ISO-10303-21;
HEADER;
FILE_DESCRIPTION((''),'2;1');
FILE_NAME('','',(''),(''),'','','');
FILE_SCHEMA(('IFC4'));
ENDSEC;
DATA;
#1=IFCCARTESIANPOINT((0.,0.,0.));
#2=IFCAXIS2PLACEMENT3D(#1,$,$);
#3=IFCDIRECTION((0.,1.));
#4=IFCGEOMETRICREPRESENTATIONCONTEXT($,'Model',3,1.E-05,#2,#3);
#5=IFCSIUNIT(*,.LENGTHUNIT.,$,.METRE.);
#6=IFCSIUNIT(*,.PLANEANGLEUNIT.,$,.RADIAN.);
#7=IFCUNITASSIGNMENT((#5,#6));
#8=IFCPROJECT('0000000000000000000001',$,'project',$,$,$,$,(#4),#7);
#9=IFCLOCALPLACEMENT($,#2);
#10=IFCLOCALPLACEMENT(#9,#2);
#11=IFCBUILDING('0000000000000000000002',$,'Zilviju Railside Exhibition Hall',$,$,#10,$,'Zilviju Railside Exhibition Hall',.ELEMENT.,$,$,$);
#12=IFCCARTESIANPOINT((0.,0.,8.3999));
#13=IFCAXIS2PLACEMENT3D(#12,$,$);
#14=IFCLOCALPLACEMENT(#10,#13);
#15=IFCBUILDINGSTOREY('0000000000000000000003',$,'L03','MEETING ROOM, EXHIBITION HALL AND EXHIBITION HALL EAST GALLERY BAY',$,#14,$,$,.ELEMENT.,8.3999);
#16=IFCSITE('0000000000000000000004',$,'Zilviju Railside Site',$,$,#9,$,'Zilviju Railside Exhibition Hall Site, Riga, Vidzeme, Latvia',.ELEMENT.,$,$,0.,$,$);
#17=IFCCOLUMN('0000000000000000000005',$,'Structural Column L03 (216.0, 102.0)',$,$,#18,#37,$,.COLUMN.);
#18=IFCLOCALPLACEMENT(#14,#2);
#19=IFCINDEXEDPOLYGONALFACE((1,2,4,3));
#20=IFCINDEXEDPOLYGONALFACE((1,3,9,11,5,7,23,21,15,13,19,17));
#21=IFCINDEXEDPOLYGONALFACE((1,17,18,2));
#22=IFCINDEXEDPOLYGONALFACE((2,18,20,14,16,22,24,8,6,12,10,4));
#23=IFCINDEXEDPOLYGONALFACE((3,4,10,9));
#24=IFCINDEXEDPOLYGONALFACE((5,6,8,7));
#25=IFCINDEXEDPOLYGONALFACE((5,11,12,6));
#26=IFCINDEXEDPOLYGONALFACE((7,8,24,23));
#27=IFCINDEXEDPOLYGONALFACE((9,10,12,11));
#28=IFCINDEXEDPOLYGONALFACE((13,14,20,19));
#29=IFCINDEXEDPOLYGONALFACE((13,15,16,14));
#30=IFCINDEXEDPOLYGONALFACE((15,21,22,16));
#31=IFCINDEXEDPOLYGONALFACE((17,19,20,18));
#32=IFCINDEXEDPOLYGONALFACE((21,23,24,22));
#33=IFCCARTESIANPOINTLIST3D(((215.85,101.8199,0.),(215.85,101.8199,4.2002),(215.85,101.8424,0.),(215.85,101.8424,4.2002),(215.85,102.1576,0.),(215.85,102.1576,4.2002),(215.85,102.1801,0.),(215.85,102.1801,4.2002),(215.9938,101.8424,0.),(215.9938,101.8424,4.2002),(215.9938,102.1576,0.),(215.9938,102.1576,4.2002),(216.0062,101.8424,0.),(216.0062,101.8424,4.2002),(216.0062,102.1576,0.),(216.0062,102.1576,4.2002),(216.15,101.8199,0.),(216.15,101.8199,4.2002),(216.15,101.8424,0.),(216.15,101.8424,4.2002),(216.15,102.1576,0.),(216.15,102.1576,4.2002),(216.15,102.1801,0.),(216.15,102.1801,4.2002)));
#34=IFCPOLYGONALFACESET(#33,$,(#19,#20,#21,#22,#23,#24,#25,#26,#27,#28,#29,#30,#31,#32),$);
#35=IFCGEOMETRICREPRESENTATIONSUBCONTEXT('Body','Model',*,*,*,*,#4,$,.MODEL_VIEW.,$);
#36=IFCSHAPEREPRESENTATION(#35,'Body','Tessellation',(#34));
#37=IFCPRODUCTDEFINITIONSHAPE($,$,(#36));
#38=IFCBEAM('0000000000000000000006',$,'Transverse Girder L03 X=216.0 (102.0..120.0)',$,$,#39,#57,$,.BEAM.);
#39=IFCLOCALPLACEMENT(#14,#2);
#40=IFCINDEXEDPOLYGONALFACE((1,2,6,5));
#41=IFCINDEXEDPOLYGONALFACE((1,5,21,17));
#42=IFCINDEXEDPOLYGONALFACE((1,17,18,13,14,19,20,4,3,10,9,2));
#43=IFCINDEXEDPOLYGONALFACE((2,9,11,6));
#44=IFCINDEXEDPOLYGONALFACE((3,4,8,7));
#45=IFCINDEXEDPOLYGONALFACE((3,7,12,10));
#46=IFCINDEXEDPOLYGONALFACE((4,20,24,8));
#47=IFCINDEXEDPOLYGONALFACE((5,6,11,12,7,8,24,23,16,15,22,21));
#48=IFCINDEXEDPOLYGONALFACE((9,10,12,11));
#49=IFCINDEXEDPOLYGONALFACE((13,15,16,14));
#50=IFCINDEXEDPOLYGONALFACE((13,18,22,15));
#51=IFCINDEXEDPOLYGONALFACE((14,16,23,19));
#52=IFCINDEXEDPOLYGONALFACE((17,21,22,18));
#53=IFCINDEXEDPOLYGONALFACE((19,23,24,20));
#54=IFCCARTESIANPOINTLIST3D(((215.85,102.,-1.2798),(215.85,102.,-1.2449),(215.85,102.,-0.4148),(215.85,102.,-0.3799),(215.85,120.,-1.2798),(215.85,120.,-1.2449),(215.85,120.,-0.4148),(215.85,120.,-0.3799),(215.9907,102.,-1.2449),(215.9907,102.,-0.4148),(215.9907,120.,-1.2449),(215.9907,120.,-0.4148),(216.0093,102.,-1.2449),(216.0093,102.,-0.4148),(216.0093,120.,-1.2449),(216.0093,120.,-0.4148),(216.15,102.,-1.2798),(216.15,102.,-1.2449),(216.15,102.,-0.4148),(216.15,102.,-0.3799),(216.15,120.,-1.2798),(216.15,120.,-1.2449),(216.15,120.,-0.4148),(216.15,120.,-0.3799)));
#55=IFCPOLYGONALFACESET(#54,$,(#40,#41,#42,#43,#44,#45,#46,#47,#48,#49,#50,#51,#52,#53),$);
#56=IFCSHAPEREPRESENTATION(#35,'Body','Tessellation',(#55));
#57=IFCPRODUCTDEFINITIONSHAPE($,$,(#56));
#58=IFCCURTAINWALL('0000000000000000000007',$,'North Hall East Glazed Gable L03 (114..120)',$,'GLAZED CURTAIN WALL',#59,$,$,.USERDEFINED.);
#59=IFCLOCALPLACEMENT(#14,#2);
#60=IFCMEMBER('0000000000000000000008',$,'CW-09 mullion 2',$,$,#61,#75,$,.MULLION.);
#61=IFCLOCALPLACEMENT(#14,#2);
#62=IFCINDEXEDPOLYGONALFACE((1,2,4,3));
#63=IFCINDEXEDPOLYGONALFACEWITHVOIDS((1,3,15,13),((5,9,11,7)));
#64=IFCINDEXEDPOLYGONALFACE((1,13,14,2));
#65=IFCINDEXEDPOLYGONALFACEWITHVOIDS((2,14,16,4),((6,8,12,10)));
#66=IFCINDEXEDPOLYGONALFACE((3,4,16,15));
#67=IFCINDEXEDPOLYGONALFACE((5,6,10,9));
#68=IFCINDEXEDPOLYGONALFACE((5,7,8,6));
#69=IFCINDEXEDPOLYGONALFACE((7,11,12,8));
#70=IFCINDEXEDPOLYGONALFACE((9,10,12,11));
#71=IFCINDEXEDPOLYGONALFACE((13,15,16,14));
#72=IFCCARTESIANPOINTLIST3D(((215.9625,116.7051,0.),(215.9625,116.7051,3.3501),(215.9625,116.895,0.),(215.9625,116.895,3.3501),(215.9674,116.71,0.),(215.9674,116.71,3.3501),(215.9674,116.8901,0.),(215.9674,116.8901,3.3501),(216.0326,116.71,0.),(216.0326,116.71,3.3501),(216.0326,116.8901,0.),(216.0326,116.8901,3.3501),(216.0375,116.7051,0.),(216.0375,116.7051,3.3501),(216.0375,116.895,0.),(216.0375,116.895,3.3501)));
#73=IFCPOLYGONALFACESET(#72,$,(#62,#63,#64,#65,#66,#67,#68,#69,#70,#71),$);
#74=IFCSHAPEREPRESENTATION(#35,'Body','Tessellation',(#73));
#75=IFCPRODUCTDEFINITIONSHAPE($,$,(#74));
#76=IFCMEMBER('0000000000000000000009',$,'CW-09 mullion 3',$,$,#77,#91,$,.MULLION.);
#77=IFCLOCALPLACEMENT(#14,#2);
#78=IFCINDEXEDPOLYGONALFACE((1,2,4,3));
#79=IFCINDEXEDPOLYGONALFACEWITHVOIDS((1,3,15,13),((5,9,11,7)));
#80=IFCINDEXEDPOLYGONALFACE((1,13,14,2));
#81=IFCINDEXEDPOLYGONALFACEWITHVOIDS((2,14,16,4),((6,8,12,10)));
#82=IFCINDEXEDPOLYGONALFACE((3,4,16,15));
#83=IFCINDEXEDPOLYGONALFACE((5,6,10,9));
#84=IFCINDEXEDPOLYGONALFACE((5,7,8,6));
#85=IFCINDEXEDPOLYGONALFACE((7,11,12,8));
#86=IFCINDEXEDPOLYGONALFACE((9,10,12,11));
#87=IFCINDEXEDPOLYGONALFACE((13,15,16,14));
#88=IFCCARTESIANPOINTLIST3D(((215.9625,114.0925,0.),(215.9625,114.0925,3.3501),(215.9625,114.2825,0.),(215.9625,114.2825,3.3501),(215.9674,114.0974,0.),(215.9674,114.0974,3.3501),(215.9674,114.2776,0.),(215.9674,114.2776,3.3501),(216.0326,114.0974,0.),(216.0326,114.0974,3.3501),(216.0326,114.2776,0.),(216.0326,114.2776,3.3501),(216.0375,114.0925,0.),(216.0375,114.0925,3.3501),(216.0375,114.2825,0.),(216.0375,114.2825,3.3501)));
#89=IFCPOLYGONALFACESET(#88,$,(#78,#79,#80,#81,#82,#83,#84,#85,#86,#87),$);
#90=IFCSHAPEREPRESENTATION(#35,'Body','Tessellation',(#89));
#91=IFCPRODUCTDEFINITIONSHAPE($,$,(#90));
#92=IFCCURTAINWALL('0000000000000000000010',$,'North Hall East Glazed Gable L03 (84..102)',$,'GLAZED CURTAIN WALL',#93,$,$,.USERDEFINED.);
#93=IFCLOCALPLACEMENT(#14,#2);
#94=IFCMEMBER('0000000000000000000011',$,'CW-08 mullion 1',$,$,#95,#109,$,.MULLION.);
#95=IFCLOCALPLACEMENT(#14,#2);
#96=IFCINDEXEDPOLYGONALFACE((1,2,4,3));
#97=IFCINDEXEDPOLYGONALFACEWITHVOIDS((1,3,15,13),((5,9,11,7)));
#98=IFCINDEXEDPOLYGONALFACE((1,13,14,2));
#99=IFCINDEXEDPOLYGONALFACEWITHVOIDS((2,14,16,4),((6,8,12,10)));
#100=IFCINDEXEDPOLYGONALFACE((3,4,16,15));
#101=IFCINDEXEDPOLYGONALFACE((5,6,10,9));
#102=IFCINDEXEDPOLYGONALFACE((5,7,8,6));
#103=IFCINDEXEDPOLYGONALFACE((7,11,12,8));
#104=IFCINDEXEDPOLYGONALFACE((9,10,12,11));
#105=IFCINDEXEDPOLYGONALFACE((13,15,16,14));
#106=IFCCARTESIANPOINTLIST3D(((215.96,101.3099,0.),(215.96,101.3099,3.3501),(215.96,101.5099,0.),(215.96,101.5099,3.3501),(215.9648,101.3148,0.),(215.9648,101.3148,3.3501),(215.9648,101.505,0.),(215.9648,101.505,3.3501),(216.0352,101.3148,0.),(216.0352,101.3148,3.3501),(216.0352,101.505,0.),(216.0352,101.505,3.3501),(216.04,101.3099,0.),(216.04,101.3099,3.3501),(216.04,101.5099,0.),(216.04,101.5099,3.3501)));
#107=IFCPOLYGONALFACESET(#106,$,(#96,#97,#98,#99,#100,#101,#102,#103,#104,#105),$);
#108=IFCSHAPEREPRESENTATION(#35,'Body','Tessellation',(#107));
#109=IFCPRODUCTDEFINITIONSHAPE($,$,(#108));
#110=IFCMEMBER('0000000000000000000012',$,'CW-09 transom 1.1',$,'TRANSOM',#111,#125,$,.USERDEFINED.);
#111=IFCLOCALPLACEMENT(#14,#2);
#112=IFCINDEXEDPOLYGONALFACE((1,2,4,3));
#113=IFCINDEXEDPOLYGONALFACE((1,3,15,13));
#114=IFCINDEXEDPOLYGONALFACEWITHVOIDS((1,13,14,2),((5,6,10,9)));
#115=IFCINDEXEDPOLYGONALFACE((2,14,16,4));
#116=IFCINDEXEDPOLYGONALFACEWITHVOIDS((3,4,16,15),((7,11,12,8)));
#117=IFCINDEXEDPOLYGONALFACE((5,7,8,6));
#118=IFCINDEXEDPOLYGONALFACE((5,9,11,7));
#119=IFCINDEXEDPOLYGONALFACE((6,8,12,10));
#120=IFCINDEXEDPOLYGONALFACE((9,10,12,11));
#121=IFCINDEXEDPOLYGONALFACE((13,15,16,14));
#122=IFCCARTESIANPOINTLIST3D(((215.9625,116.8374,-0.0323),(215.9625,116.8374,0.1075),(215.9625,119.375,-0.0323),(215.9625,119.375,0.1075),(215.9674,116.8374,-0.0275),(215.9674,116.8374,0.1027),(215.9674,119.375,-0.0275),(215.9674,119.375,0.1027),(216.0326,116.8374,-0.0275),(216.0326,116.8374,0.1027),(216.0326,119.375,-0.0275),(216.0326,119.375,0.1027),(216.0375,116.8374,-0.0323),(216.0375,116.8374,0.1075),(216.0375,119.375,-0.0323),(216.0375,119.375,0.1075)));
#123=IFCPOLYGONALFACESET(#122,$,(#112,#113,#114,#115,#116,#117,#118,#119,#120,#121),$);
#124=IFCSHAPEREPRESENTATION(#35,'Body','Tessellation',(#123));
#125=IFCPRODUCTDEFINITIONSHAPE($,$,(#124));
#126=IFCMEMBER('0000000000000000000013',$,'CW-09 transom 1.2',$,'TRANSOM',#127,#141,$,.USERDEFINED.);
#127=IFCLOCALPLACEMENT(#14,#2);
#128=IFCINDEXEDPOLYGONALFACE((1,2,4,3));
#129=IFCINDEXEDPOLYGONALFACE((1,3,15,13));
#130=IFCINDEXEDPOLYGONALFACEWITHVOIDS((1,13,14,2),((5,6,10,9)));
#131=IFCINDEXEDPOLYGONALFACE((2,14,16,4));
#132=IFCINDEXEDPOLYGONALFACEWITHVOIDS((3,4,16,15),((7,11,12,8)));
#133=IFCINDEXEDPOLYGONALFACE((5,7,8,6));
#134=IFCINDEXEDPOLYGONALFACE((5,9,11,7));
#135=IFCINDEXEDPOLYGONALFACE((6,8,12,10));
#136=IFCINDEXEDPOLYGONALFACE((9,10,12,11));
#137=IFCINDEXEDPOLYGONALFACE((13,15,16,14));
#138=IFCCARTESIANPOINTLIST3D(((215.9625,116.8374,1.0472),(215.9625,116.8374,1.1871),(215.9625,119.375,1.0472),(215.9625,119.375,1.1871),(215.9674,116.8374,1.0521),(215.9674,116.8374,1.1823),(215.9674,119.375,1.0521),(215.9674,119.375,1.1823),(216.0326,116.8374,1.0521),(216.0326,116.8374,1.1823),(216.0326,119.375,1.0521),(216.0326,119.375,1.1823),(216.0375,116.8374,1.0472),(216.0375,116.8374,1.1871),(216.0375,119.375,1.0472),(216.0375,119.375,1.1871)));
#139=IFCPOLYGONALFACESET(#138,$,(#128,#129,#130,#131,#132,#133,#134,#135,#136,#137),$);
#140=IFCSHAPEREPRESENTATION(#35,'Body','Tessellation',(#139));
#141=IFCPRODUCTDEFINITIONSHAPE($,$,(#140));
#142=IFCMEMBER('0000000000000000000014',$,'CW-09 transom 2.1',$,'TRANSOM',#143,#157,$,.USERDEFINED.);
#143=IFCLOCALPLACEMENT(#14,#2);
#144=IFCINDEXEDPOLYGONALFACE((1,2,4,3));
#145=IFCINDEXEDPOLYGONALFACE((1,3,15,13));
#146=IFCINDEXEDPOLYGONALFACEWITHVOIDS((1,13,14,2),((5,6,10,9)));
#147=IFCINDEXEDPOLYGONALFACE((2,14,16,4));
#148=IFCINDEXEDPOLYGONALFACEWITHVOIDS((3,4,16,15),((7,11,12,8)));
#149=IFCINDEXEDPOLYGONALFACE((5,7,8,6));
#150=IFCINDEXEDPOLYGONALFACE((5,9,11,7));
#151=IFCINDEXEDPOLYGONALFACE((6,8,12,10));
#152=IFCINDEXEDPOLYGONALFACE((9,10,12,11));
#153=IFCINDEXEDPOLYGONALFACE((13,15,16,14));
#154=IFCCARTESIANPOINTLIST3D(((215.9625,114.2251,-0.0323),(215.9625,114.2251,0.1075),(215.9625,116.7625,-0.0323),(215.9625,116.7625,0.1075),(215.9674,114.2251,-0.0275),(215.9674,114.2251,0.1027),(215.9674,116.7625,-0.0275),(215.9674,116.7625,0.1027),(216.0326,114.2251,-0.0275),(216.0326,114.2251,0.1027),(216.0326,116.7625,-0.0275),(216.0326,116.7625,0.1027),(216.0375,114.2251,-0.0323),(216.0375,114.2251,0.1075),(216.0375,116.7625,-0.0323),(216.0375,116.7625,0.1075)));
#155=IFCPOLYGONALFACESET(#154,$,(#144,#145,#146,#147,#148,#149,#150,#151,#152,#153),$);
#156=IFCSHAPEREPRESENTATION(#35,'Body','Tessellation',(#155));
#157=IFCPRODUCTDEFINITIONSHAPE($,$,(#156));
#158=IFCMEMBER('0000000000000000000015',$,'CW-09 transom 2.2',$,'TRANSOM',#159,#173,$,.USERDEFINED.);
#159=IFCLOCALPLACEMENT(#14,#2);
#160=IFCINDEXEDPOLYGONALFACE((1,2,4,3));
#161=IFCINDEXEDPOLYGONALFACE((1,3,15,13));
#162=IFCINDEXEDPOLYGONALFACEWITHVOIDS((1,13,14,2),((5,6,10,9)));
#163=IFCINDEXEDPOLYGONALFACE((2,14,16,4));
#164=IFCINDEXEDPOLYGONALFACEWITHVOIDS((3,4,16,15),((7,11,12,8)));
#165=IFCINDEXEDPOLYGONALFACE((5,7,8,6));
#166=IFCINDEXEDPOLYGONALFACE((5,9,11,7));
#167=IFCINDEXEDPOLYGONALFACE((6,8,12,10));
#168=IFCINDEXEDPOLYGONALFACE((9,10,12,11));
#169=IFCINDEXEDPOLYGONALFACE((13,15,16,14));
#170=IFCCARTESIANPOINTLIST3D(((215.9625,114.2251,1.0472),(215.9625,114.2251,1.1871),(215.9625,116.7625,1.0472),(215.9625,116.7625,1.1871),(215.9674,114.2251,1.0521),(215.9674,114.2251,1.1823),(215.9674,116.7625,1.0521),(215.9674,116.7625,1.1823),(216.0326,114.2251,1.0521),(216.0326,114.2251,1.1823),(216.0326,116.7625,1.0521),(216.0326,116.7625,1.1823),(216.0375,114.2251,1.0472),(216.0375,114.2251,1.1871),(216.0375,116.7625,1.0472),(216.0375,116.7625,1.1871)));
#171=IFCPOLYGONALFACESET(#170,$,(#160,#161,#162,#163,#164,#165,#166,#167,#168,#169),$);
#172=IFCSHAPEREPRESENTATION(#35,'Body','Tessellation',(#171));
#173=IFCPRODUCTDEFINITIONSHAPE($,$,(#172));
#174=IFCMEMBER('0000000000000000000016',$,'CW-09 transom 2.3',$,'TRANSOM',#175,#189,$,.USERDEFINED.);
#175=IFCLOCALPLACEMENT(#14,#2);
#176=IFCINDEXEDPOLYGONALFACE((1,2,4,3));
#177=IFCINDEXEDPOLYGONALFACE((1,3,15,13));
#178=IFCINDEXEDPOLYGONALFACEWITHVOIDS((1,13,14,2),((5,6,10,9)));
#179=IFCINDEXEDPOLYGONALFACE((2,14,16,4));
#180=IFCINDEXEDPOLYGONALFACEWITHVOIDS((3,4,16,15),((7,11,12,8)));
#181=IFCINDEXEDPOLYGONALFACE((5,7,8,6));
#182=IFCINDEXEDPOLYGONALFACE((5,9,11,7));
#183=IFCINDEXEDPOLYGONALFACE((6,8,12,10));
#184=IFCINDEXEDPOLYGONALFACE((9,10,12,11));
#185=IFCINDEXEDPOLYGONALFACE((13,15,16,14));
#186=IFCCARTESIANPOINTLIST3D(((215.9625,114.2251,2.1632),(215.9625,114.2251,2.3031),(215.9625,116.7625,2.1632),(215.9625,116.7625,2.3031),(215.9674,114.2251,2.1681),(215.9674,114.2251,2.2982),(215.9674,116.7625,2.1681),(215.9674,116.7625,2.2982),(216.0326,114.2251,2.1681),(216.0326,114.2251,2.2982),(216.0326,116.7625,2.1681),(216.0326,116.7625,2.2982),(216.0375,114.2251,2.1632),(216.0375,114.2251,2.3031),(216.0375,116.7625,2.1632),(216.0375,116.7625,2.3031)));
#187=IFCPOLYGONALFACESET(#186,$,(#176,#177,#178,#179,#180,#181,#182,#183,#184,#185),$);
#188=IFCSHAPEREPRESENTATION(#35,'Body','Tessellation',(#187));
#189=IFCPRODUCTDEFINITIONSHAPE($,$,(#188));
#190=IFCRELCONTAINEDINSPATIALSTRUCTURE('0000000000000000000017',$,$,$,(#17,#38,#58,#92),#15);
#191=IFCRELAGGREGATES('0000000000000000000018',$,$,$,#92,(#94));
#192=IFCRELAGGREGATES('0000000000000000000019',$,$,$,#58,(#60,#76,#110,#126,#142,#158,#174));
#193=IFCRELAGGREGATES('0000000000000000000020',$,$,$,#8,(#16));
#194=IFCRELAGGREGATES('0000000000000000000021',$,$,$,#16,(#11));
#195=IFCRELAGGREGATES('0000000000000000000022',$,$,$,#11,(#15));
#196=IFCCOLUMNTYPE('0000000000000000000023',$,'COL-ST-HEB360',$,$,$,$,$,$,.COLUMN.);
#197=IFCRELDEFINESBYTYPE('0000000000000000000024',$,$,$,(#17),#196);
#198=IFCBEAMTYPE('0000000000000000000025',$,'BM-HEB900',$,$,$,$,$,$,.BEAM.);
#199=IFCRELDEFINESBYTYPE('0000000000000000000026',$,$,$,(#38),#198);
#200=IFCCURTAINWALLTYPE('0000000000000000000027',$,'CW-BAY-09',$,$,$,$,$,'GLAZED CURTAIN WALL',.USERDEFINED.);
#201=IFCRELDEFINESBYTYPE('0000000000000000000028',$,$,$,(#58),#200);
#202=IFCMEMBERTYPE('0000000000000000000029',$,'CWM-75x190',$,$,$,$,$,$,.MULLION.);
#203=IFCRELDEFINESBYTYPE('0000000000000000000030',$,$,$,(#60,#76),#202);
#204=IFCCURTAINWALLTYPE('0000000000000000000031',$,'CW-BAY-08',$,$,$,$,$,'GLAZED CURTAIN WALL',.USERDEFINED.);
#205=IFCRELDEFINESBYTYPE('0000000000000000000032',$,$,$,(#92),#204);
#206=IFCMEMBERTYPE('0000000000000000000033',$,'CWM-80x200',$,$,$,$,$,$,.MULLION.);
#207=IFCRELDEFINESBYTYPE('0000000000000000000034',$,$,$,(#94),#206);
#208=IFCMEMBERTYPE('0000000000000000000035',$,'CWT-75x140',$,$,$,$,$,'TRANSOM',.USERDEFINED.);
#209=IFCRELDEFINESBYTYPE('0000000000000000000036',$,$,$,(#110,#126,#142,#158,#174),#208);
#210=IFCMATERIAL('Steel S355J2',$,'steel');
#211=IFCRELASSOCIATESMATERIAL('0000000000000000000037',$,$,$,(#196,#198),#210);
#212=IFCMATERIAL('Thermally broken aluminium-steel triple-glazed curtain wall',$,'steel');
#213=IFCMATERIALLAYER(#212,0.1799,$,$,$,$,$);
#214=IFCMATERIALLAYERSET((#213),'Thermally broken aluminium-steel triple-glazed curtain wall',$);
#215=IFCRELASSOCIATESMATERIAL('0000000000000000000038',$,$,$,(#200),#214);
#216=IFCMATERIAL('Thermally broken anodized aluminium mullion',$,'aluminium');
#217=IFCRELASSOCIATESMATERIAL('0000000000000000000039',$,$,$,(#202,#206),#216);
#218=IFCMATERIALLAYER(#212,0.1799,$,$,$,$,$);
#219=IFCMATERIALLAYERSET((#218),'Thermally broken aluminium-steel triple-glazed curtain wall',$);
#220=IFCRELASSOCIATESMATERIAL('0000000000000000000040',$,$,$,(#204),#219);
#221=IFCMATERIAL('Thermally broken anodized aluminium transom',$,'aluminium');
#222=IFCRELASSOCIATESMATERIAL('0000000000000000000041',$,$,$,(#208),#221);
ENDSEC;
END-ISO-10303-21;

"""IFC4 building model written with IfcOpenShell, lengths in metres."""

from ifc_helpers import new_model, si_unit, direction, frame, origin, origin_2d, place, context, subcontext, project, spatial, hollow_rectangle, i_section, extrude, material, layer, layer_set, material_profile, profile_set, type_object, element, aggregate, save


model = new_model("IFC4")

# Units and contexts
model_context = context("Model", 3, precision=1e-05, world=origin(), true_north=direction((0.0, 1.0)))
body_context = subcontext(model_context, "Body", "Model", "MODEL_VIEW")
ifc_project = project(units=[si_unit("LENGTHUNIT", "METRE"), si_unit("PLANEANGLEUNIT", "RADIAN")], contexts=[model_context])

# Site, building, storey
site_placement = place(None, origin())
site = spatial("IfcSite", under=ifc_project, at=site_placement, Name="Zilviju Railside Site", LongName="Zilviju Railside Exhibition Hall Site, Riga, Vidzeme, Latvia", CompositionType="ELEMENT", RefElevation=0.0)
building_placement = place(site_placement, origin())
building = spatial("IfcBuilding", under=site, at=building_placement, Name="Zilviju Railside Exhibition Hall", LongName="Zilviju Railside Exhibition Hall", CompositionType="ELEMENT")
storey_placement = place(building_placement, frame((0.0, 0.0, 8.3999)))
storey = spatial("IfcBuildingStorey", under=building, at=storey_placement, Name="L03", Description="MEETING ROOM, EXHIBITION HALL AND EXHIBITION HALL EAST GALLERY BAY", CompositionType="ELEMENT", Elevation=8.3999)

# Column
ifc_material_1 = material(Name="Steel S355J2", Category="steel")
ifc_material_profile_1 = material_profile(ifc_material_1, i_section(OverallWidth=0.3, OverallDepth=0.3601, WebThickness=0.0125, FlangeThickness=0.0225, at=origin_2d()), Name="HEB 360")
ifc_profile_set_1 = profile_set([ifc_material_profile_1], Name="Steel S355J2")
column_type = type_object("IfcColumnType", Name="COL-ST-HEB360", PredefinedType="COLUMN", material=ifc_profile_set_1)
column_placement = place(storey_placement, frame((216.0, 102.0, 0.0), z_axis=(0.0, 0.0, 1.0), x_axis=(1.0, 0.0, 0.0)))
element("IfcColumn", 1, at=column_placement, inside=storey, type_object=column_type, Name="Structural Column L03 (216.0, 102.0)", PredefinedType="COLUMN", context=body_context, shape_type="SweptSolid", body=[
    extrude(i_section(OverallWidth=0.3, OverallDepth=0.3601, WebThickness=0.0125, FlangeThickness=0.0225, at=origin_2d()), origin(), (0.0, 0.0, 1.0), 4.2002),
])

# Beam
ifc_material_profile_2 = material_profile(ifc_material_1, i_section(OverallWidth=0.3, OverallDepth=0.8999, WebThickness=0.0186, FlangeThickness=0.0349, at=origin_2d()), Name="HEB 900")
ifc_profile_set_2 = profile_set([ifc_material_profile_2], Name="Steel S355J2")
beam_type = type_object("IfcBeamType", Name="BM-HEB900", PredefinedType="BEAM", material=ifc_profile_set_2)
beam_placement = place(storey_placement, frame((216.0, 102.0, -0.8298), z_axis=(0.0, 1.0, 0.0), x_axis=(-1.0, 0.0, 0.0)))
element("IfcBeam", 2, at=beam_placement, inside=storey, type_object=beam_type, Name="Transverse Girder L03 X=216.0 (102.0..120.0)", PredefinedType="BEAM", context=body_context, shape_type="SweptSolid", body=[
    extrude(i_section(OverallWidth=0.3, OverallDepth=0.8999, WebThickness=0.0186, FlangeThickness=0.0349, at=origin_2d()), origin(), (0.0, 0.0, 1.0), 18.0),
])

# Curtain wall, members
ifc_material_2 = material(Name="Thermally broken aluminium-steel triple-glazed curtain wall", Category="steel")
ifc_layer_1 = layer(ifc_material_2, 0.1799)
ifc_layer_set_1 = layer_set([ifc_layer_1], Name="Thermally broken aluminium-steel triple-glazed curtain wall")
curtain_wall_type_1 = type_object("IfcCurtainWallType", Name="CW-BAY-09", ElementType="GLAZED CURTAIN WALL", PredefinedType="USERDEFINED", material=ifc_layer_set_1)
curtain_wall_1_placement = place(storey_placement, origin())
curtain_wall_1 = element("IfcCurtainWall", 3, at=curtain_wall_1_placement, inside=storey, type_object=curtain_wall_type_1, Name="North Hall East Glazed Gable L03 (114..120)", ObjectType="GLAZED CURTAIN WALL", PredefinedType="USERDEFINED")
ifc_material_3 = material(Name="Thermally broken anodized aluminium mullion", Category="aluminium")
ifc_material_profile_3 = material_profile(ifc_material_3, hollow_rectangle(XDim=0.075, YDim=0.1899, WallThickness=0.0049, at=origin_2d()), Name="MULLION 190x75x5")
ifc_profile_set_3 = profile_set([ifc_material_profile_3], Name="Thermally broken anodized aluminium mullion")
member_type_1 = type_object("IfcMemberType", Name="CWM-75x190", PredefinedType="MULLION", material=ifc_profile_set_3)
member_1_placement = place(storey_placement, frame((216.0, 116.8, 0.0), z_axis=(0.0, 0.0, 1.0), x_axis=(1.0, 0.0, 0.0)))
member_1 = element("IfcMember", 4, at=member_1_placement, type_object=member_type_1, Name="CW-09 mullion 2", PredefinedType="MULLION", context=body_context, shape_type="SweptSolid", body=[
    extrude(hollow_rectangle(XDim=0.075, YDim=0.1899, WallThickness=0.0049, at=origin_2d()), origin(), (0.0, 0.0, 1.0), 3.3501),
])
member_2_placement = place(storey_placement, frame((216.0, 114.1875, 0.0), z_axis=(0.0, 0.0, 1.0), x_axis=(1.0, 0.0, 0.0)))
member_2 = element("IfcMember", 5, at=member_2_placement, type_object=member_type_1, Name="CW-09 mullion 3", PredefinedType="MULLION", context=body_context, shape_type="SweptSolid", body=[
    extrude(hollow_rectangle(XDim=0.075, YDim=0.1899, WallThickness=0.0049, at=origin_2d()), origin(), (0.0, 0.0, 1.0), 3.3501),
])

# Curtain wall, member
ifc_layer_2 = layer(ifc_material_2, 0.1799)
ifc_layer_set_2 = layer_set([ifc_layer_2], Name="Thermally broken aluminium-steel triple-glazed curtain wall")
curtain_wall_type_2 = type_object("IfcCurtainWallType", Name="CW-BAY-08", ElementType="GLAZED CURTAIN WALL", PredefinedType="USERDEFINED", material=ifc_layer_set_2)
curtain_wall_2_placement = place(storey_placement, origin())
curtain_wall_2 = element("IfcCurtainWall", 6, at=curtain_wall_2_placement, inside=storey, type_object=curtain_wall_type_2, Name="North Hall East Glazed Gable L03 (84..102)", ObjectType="GLAZED CURTAIN WALL", PredefinedType="USERDEFINED")
ifc_material_profile_4 = material_profile(ifc_material_3, hollow_rectangle(XDim=0.0801, YDim=0.2, WallThickness=0.0049, at=origin_2d()), Name="MULLION 200x80x5")
ifc_profile_set_4 = profile_set([ifc_material_profile_4], Name="Thermally broken anodized aluminium mullion")
member_type_2 = type_object("IfcMemberType", Name="CWM-80x200", PredefinedType="MULLION", material=ifc_profile_set_4)
member_3_placement = place(storey_placement, frame((216.0, 101.4099, 0.0), z_axis=(0.0, 0.0, 1.0), x_axis=(1.0, 0.0, 0.0)))
member_3 = element("IfcMember", 7, at=member_3_placement, type_object=member_type_2, Name="CW-08 mullion 1", PredefinedType="MULLION", context=body_context, shape_type="SweptSolid", body=[
    extrude(hollow_rectangle(XDim=0.0801, YDim=0.2, WallThickness=0.0049, at=origin_2d()), origin(), (0.0, 0.0, 1.0), 3.3501),
])
aggregate(curtain_wall_2, [member_3])

# Members
ifc_material_4 = material(Name="Thermally broken anodized aluminium transom", Category="aluminium")
ifc_material_profile_5 = material_profile(ifc_material_4, hollow_rectangle(XDim=0.075, YDim=0.1399, WallThickness=0.0049, at=origin_2d()), Name="TRANSOM 140x75x5")
ifc_profile_set_5 = profile_set([ifc_material_profile_5], Name="Thermally broken anodized aluminium transom")
member_type_3 = type_object("IfcMemberType", Name="CWT-75x140", ElementType="TRANSOM", PredefinedType="USERDEFINED", material=ifc_profile_set_5)
member_4_placement = place(storey_placement, frame((216.0, 119.375, 0.0376), z_axis=(0.0, -1.0, 0.0), x_axis=(1.0, 0.0, 0.0)))
member_4 = element("IfcMember", 8, at=member_4_placement, type_object=member_type_3, Name="CW-09 transom 1.1", ObjectType="TRANSOM", PredefinedType="USERDEFINED", context=body_context, shape_type="SweptSolid", body=[
    extrude(hollow_rectangle(XDim=0.075, YDim=0.1399, WallThickness=0.0049, at=origin_2d()), origin(), (0.0, 0.0, 1.0), 2.5376),
])
member_5_placement = place(storey_placement, frame((216.0, 119.375, 1.1172), z_axis=(0.0, -1.0, 0.0), x_axis=(1.0, 0.0, 0.0)))
member_5 = element("IfcMember", 9, at=member_5_placement, type_object=member_type_3, Name="CW-09 transom 1.2", ObjectType="TRANSOM", PredefinedType="USERDEFINED", context=body_context, shape_type="SweptSolid", body=[
    extrude(hollow_rectangle(XDim=0.075, YDim=0.1399, WallThickness=0.0049, at=origin_2d()), origin(), (0.0, 0.0, 1.0), 2.5376),
])
member_6_placement = place(storey_placement, frame((216.0, 116.7625, 0.0376), z_axis=(0.0, -1.0, 0.0), x_axis=(1.0, 0.0, 0.0)))
member_6 = element("IfcMember", 10, at=member_6_placement, type_object=member_type_3, Name="CW-09 transom 2.1", ObjectType="TRANSOM", PredefinedType="USERDEFINED", context=body_context, shape_type="SweptSolid", body=[
    extrude(hollow_rectangle(XDim=0.075, YDim=0.1399, WallThickness=0.0049, at=origin_2d()), origin(), (0.0, 0.0, 1.0), 2.5374),
])
member_7_placement = place(storey_placement, frame((216.0, 116.7625, 1.1172), z_axis=(0.0, -1.0, 0.0), x_axis=(1.0, 0.0, 0.0)))
member_7 = element("IfcMember", 11, at=member_7_placement, type_object=member_type_3, Name="CW-09 transom 2.2", ObjectType="TRANSOM", PredefinedType="USERDEFINED", context=body_context, shape_type="SweptSolid", body=[
    extrude(hollow_rectangle(XDim=0.075, YDim=0.1399, WallThickness=0.0049, at=origin_2d()), origin(), (0.0, 0.0, 1.0), 2.5374),
])
member_8_placement = place(storey_placement, frame((216.0, 116.7625, 2.2332), z_axis=(0.0, -1.0, 0.0), x_axis=(1.0, 0.0, 0.0)))
member_8 = element("IfcMember", 12, at=member_8_placement, type_object=member_type_3, Name="CW-09 transom 2.3", ObjectType="TRANSOM", PredefinedType="USERDEFINED", context=body_context, shape_type="SweptSolid", body=[
    extrude(hollow_rectangle(XDim=0.075, YDim=0.1399, WallThickness=0.0049, at=origin_2d()), origin(), (0.0, 0.0, 1.0), 2.5374),
])

aggregate(curtain_wall_1, [member_1, member_2, member_4, member_5, member_6, member_7, member_8])

save(model, "model.ifc")
